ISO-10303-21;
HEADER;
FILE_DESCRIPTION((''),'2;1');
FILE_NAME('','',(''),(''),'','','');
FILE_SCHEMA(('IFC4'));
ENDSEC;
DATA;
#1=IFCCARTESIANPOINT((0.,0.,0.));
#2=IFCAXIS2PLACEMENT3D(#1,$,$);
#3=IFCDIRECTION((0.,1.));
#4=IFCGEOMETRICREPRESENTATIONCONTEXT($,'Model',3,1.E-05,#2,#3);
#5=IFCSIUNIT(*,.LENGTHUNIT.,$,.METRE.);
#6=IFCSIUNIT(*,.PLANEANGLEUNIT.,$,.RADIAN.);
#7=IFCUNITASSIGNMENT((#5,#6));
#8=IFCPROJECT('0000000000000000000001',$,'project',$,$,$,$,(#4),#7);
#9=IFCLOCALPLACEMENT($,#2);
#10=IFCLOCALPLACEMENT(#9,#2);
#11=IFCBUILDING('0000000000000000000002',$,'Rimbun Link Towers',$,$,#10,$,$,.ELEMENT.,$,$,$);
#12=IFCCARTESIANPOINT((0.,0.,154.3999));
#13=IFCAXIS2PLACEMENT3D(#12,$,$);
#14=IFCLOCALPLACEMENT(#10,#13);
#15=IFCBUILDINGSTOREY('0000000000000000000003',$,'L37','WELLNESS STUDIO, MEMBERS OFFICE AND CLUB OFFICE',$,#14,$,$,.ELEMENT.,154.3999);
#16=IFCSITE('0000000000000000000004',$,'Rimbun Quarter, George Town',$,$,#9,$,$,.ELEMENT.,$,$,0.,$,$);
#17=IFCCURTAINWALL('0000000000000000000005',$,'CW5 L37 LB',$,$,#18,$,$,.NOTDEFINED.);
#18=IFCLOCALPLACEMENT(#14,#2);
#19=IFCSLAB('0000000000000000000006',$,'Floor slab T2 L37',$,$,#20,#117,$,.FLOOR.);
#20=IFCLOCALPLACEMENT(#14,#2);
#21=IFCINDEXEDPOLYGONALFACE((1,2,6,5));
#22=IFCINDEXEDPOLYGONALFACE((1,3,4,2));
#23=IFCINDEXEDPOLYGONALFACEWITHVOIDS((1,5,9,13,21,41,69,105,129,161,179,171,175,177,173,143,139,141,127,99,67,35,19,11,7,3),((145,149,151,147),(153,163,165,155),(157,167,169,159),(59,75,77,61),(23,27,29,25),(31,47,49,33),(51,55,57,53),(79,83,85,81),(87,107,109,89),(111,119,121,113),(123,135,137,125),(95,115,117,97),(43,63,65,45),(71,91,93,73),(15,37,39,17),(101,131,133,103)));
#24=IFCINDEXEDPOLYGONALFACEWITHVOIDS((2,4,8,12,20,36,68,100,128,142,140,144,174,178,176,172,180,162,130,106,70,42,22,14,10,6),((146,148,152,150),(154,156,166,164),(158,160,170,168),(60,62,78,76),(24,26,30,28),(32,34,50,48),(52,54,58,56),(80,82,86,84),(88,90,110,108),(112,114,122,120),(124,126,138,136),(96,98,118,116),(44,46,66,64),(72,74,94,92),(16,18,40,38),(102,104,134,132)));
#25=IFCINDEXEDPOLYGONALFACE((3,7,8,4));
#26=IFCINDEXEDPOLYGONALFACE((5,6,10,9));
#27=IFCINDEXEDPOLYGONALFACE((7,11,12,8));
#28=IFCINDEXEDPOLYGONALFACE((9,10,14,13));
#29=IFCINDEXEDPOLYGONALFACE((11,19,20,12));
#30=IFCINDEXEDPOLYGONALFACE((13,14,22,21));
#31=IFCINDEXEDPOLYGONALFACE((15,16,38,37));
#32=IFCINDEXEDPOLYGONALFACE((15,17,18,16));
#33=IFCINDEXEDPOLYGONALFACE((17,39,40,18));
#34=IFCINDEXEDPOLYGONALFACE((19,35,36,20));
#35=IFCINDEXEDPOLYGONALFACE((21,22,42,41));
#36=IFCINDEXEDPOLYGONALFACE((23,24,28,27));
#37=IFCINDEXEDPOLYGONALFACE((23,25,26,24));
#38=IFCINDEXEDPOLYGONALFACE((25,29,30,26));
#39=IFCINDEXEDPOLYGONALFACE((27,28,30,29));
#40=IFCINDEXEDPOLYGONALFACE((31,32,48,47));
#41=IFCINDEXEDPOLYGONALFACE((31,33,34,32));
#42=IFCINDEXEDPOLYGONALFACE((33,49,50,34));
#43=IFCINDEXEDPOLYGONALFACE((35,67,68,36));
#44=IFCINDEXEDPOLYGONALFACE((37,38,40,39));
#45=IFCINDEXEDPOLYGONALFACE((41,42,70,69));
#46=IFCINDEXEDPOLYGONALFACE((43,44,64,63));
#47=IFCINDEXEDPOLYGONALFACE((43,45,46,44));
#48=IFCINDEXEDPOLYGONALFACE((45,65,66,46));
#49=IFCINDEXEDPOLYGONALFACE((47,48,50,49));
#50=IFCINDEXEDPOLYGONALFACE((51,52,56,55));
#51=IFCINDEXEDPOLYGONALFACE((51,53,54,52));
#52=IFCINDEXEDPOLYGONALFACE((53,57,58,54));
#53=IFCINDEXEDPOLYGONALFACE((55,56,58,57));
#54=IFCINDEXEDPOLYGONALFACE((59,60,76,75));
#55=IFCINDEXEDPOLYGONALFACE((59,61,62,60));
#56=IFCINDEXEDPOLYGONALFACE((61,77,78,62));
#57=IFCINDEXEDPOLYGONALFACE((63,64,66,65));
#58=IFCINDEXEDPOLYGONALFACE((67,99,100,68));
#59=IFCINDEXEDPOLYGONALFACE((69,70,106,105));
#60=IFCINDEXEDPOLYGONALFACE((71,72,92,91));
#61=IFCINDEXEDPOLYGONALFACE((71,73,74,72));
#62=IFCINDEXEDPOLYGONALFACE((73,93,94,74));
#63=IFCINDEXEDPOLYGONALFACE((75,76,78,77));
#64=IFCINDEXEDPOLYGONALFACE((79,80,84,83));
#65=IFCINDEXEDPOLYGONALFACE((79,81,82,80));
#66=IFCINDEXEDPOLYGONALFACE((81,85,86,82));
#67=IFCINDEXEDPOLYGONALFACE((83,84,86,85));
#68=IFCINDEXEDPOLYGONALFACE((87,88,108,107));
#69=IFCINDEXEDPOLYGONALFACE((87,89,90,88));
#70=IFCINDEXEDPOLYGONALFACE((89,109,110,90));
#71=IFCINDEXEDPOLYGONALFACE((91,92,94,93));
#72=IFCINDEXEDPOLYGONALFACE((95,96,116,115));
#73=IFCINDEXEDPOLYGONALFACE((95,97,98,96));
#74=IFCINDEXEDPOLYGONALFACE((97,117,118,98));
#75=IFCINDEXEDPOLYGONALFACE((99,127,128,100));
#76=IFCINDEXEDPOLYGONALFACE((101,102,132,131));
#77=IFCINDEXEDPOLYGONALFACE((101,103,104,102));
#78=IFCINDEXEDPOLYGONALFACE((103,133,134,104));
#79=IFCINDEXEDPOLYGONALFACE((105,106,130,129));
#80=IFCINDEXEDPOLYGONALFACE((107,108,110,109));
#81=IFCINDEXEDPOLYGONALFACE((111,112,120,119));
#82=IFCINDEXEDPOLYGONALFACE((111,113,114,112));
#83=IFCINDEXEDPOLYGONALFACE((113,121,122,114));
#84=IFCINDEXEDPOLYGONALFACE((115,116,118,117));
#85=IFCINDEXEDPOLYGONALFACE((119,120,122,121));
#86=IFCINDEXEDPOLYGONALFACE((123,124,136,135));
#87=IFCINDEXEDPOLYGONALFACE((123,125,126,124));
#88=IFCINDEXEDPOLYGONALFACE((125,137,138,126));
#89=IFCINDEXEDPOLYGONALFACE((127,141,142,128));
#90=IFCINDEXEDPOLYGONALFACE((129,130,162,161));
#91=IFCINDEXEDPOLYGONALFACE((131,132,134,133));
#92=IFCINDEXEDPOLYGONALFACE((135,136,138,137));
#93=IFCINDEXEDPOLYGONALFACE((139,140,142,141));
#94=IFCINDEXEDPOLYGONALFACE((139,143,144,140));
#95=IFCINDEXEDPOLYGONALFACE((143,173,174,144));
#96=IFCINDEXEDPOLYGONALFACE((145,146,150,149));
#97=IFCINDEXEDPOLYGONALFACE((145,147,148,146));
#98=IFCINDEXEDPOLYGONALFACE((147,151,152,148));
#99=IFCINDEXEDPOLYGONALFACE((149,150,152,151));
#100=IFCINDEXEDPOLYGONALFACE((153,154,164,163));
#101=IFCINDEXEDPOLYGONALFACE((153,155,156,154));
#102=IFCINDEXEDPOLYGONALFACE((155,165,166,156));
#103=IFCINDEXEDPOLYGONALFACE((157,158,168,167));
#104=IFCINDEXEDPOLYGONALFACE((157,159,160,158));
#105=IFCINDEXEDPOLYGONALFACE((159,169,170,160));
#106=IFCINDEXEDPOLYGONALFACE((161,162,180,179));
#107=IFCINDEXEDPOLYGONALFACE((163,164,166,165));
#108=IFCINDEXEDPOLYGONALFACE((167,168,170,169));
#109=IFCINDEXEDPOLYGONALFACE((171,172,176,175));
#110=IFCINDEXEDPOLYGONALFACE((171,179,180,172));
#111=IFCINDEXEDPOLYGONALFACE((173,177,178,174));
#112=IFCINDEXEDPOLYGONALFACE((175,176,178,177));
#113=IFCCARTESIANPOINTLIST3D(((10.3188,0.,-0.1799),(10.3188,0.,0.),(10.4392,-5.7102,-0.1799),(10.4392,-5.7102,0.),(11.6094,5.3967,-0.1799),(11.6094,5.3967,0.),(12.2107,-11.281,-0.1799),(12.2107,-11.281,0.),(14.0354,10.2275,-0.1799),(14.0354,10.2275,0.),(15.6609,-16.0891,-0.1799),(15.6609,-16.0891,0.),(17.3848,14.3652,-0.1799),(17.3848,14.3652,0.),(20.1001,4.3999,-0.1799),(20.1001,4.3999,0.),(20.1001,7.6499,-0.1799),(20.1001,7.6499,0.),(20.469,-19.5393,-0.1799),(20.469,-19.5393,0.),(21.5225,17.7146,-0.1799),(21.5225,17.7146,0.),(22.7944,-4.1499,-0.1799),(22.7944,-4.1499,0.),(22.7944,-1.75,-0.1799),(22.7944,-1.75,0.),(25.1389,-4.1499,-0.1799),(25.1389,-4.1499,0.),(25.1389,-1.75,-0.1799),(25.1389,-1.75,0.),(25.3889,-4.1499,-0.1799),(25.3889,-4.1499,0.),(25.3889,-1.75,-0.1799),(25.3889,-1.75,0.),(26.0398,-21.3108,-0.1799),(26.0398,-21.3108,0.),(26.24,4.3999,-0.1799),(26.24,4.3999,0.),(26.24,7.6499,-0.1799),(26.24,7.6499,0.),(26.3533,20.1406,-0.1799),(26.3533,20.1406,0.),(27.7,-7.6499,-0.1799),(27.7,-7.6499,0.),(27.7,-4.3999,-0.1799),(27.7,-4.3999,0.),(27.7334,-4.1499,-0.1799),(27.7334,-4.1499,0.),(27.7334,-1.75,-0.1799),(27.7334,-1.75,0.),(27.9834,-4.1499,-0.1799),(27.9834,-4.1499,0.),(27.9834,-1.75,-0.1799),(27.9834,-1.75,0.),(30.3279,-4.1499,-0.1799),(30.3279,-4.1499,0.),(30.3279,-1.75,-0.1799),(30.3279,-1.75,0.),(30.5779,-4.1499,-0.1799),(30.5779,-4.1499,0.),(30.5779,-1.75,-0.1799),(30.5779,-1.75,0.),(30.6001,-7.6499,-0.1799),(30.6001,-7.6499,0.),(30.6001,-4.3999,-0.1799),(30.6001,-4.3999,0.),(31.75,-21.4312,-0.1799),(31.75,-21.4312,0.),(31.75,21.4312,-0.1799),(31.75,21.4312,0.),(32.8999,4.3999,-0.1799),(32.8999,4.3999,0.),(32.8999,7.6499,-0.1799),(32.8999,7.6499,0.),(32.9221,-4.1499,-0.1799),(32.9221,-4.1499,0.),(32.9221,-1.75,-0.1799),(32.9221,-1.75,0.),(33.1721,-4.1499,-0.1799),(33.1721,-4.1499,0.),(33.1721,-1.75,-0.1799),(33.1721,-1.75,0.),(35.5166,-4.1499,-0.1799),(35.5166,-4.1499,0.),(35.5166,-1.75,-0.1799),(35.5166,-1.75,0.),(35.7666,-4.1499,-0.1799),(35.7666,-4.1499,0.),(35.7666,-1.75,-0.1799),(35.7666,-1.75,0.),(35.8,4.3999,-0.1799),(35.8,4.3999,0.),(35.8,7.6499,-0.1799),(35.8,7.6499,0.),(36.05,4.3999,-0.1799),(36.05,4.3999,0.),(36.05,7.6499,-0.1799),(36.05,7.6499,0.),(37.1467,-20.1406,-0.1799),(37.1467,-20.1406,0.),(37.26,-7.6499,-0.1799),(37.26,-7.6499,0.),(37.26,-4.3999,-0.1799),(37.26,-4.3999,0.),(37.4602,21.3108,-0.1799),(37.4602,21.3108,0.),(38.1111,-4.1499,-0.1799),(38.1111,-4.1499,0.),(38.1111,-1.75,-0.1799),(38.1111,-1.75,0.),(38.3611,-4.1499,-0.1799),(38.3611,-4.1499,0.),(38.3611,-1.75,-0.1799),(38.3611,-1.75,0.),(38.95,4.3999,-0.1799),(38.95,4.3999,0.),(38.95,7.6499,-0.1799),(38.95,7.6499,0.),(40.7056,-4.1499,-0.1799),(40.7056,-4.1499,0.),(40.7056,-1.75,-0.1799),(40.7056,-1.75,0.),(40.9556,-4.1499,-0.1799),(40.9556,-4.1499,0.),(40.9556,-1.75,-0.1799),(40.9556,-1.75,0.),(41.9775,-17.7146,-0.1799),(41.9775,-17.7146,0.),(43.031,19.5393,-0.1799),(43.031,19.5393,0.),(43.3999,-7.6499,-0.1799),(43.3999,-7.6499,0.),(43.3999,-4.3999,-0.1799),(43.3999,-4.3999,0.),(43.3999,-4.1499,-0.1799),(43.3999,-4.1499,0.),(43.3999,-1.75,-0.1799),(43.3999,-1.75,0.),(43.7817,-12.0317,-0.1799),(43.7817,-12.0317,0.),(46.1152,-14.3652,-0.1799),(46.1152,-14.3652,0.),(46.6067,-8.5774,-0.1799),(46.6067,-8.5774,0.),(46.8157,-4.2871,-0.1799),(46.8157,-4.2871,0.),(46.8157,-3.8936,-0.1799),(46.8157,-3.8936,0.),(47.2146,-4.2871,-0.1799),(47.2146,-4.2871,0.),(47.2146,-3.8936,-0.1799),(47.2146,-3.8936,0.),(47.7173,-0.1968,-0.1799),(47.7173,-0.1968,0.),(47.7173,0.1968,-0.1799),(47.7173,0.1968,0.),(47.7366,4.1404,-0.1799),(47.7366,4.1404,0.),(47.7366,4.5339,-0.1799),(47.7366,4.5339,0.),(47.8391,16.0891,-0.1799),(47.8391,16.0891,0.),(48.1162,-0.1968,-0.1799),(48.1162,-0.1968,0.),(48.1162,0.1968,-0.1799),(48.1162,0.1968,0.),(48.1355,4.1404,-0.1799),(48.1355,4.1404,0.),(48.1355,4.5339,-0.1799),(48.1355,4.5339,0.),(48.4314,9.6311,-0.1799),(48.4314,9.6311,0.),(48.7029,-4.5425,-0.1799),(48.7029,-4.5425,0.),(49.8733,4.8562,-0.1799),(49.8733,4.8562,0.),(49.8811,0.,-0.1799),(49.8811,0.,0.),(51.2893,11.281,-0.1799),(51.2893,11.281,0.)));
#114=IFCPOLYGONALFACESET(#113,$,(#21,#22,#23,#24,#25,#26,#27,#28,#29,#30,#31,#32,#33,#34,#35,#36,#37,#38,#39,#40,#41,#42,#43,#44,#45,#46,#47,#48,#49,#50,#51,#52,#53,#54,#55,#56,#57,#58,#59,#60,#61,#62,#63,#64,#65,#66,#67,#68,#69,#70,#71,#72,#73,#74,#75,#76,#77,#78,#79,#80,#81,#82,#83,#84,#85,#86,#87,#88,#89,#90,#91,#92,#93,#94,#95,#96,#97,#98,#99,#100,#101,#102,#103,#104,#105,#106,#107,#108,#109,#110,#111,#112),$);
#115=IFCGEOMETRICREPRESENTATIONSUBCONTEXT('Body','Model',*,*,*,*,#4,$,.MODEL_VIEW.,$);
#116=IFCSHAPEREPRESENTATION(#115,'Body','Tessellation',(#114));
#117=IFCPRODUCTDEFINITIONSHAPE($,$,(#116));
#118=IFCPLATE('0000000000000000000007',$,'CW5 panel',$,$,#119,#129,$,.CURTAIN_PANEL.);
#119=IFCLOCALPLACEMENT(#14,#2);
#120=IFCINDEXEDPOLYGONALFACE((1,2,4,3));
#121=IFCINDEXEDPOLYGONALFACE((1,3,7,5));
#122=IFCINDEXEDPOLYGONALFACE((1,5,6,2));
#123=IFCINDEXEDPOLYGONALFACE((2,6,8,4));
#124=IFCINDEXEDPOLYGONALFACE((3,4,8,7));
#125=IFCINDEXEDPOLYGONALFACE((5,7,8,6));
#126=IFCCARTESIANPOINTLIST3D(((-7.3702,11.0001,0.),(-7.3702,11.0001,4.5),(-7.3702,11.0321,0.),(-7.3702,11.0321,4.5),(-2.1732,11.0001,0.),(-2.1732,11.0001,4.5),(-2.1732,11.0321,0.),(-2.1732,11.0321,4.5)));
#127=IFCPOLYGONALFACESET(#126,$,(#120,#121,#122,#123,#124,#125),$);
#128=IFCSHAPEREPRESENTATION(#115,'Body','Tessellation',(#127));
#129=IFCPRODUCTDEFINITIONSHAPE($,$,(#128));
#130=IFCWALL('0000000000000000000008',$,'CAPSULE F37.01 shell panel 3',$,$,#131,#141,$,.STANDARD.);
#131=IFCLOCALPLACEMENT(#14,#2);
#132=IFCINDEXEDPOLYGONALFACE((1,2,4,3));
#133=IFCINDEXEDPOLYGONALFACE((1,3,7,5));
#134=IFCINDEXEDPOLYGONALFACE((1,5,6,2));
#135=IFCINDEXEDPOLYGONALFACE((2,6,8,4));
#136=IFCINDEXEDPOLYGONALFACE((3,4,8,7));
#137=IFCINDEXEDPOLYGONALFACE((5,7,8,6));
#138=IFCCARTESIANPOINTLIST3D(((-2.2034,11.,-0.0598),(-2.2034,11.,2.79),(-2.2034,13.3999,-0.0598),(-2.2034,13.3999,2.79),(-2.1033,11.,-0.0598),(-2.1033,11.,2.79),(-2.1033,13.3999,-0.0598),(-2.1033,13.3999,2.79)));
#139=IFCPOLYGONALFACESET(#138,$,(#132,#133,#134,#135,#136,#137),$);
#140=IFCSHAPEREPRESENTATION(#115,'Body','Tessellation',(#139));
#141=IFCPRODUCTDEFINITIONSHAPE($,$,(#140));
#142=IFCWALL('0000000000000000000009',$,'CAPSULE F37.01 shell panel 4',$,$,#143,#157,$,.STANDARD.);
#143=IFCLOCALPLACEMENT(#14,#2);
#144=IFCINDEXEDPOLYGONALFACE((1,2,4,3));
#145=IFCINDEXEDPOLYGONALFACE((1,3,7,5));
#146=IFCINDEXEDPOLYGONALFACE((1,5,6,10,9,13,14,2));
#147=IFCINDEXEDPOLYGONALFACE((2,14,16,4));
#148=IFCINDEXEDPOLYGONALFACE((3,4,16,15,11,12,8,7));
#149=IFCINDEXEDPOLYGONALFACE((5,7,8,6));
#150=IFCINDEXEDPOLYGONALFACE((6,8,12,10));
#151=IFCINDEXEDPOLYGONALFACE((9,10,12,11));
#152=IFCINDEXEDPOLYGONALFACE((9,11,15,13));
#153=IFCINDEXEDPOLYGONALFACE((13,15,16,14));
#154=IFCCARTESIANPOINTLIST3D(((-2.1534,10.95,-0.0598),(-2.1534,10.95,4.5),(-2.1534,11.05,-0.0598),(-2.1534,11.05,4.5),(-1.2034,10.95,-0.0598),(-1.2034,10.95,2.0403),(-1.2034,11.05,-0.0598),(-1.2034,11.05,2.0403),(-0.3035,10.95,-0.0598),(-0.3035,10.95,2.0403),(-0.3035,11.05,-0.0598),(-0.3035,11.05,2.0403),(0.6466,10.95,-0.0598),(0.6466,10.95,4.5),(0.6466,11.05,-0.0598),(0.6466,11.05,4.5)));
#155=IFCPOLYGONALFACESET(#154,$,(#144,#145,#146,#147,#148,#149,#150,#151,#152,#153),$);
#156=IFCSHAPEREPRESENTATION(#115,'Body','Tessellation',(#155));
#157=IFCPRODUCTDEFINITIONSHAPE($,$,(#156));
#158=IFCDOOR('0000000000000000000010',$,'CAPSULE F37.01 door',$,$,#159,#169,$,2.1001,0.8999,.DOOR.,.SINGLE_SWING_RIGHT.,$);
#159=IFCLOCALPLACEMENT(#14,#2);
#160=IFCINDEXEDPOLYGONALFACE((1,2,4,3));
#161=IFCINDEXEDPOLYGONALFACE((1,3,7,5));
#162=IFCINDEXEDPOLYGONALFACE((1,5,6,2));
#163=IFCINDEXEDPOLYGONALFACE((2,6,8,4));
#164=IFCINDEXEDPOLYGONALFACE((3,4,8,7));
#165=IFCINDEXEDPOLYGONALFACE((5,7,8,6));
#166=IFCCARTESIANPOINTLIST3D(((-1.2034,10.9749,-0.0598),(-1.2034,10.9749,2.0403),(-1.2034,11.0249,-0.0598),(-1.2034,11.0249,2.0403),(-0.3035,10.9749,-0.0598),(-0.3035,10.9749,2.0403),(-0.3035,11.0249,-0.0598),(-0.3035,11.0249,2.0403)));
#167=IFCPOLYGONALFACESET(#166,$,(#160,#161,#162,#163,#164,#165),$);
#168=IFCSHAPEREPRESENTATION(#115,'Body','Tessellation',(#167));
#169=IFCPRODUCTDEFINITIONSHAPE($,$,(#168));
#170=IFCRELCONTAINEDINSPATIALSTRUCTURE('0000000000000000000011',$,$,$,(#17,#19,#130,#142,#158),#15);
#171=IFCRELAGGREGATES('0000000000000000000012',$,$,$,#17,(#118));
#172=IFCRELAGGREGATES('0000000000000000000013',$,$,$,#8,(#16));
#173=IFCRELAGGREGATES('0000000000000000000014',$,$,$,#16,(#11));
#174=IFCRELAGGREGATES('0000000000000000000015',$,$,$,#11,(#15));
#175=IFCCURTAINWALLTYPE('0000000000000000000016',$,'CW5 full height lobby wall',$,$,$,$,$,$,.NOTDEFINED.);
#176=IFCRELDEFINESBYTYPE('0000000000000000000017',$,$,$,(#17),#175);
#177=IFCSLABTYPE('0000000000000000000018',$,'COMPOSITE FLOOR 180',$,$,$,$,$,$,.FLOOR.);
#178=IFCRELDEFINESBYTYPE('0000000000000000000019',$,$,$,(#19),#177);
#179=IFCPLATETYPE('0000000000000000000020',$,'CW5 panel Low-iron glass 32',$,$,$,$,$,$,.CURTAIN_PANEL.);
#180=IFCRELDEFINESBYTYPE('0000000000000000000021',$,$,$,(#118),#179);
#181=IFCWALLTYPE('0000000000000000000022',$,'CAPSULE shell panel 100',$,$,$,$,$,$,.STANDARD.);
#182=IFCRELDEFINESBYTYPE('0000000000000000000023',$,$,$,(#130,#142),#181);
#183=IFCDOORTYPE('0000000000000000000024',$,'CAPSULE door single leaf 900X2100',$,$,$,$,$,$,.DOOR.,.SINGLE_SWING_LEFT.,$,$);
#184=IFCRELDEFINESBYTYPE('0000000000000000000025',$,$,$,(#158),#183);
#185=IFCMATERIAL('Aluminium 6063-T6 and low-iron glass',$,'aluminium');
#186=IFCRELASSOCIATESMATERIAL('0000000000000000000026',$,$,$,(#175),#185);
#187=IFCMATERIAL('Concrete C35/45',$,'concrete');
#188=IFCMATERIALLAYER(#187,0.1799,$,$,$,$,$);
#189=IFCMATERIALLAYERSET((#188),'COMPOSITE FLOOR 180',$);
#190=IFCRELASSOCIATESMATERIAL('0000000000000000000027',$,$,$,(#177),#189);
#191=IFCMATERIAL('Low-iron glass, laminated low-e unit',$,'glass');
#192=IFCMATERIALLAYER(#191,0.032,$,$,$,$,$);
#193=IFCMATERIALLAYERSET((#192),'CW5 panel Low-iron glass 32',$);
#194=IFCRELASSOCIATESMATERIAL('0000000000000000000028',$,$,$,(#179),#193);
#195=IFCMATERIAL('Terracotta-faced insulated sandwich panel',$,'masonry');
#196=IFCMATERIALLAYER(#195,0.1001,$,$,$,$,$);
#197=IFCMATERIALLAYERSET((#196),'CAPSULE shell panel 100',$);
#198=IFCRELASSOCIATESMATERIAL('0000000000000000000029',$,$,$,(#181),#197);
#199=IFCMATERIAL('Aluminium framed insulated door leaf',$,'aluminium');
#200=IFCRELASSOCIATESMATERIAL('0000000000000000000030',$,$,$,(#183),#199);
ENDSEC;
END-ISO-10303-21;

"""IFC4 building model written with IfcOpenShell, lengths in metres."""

from ifc_helpers import new_model, si_unit, direction, frame, frame_2d, origin, origin_2d, place, context, subcontext, project, spatial, polyline, rectangle, outline, extrude, material, layer, layer_set, type_object, element, fill, aggregate, save


model = new_model("IFC4")

# Units and contexts
model_context = context("Model", 3, precision=1e-05, world=origin(), true_north=direction((0.0, 1.0)))
body_context = subcontext(model_context, "Body", "Model", "MODEL_VIEW")
ifc_project = project(units=[si_unit("LENGTHUNIT", "METRE"), si_unit("PLANEANGLEUNIT", "RADIAN")], contexts=[model_context])

# Site, building, storey
site_placement = place(None, origin())
site = spatial("IfcSite", under=ifc_project, at=site_placement, Name="Rimbun Quarter, George Town", CompositionType="ELEMENT", RefElevation=0.0)
building_placement = place(site_placement, origin())
building = spatial("IfcBuilding", under=site, at=building_placement, Name="Rimbun Link Towers", CompositionType="ELEMENT")
storey_placement = place(building_placement, frame((0.0, 0.0, 154.3999)))
storey = spatial("IfcBuildingStorey", under=building, at=storey_placement, Name="L37", Description="WELLNESS STUDIO, MEMBERS OFFICE AND CLUB OFFICE", CompositionType="ELEMENT", Elevation=154.3999)

# Curtain wall
ifc_material_1 = material(Name="Aluminium 6063-T6 and low-iron glass", Category="aluminium")
curtain_wall_type = type_object("IfcCurtainWallType", Name="CW5 full height lobby wall", PredefinedType="NOTDEFINED", material=ifc_material_1)
curtain_wall_placement = place(storey_placement, origin())
curtain_wall = element("IfcCurtainWall", 1, at=curtain_wall_placement, inside=storey, type_object=curtain_wall_type, Name="CW5 L37 LB", PredefinedType="NOTDEFINED")

# Slab
ifc_material_2 = material(Name="Concrete C35/45", Category="concrete")
ifc_layer_1 = layer(ifc_material_2, 0.1799)
ifc_layer_set_1 = layer_set([ifc_layer_1], Name="COMPOSITE FLOOR 180")
slab_type_1 = type_object("IfcSlabType", Name="COMPOSITE FLOOR 180", PredefinedType="FLOOR", material=ifc_layer_set_1)
slab_1_placement = place(storey_placement, frame((0.0, 0.0, -0.1799)))
element("IfcSlab", 2, at=slab_1_placement, inside=storey, type_object=slab_type_1, Name="Floor slab T2 L37", PredefinedType="FLOOR", context=body_context, shape_type="SweptSolid", body=[
    extrude(outline(polyline([(41.9775, -17.7146), (37.1467, -20.1406), (31.75, -21.4312), (26.0398, -21.3108), (20.469, -19.5393), (15.6609, -16.0891), (12.2107, -11.281), (10.4392, -5.7102), (10.3188, 0.0), (11.6094, 5.3967), (14.0354, 10.2275), (17.3848, 14.3652), (21.5225, 17.7146), (26.3533, 20.1406), (31.75, 21.4312), (37.4602, 21.3108), (43.031, 19.5393), (47.8391, 16.0891), (51.2893, 11.281), (48.4314, 9.6311), (49.8733, 4.8562), (49.8811, 0.0), (48.7029, -4.5425), (46.6067, -8.5774), (43.7817, -12.0317), (46.1152, -14.3652), (41.9775, -17.7146)]), holes=[polyline([(30.6001, -7.6499), (30.6001, -4.3999), (27.7, -4.3999), (27.7, -7.6499), (30.6001, -7.6499)]), polyline([(25.1389, -4.1499), (25.1389, -1.75), (22.7944, -1.75), (22.7944, -4.1499), (25.1389, -4.1499)]), polyline([(27.7334, -4.1499), (27.7334, -1.75), (25.3889, -1.75), (25.3889, -4.1499), (27.7334, -4.1499)]), polyline([(30.3279, -4.1499), (30.3279, -1.75), (27.9834, -1.75), (27.9834, -4.1499), (30.3279, -4.1499)]), polyline([(32.9221, -4.1499), (32.9221, -1.75), (30.5779, -1.75), (30.5779, -4.1499), (32.9221, -4.1499)]), polyline([(35.5166, -4.1499), (35.5166, -1.75), (33.1721, -1.75), (33.1721, -4.1499), (35.5166, -4.1499)]), polyline([(26.24, 4.3999), (26.24, 7.6499), (20.1001, 7.6499), (20.1001, 4.3999), (26.24, 4.3999)]), polyline([(35.8, 4.3999), (35.8, 7.6499), (32.8999, 7.6499), (32.8999, 4.3999), (35.8, 4.3999)]), polyline([(43.3999, -7.6499), (43.3999, -4.3999), (37.26, -4.3999), (37.26, -7.6499), (43.3999, -7.6499)]), polyline([(47.2146, -4.2871), (47.2146, -3.8936), (46.8157, -3.8936), (46.8157, -4.2871), (47.2146, -4.2871)]), polyline([(38.1111, -4.1499), (38.1111, -1.75), (35.7666, -1.75), (35.7666, -4.1499), (38.1111, -4.1499)]), polyline([(40.7056, -4.1499), (40.7056, -1.75), (38.3611, -1.75), (38.3611, -4.1499), (40.7056, -4.1499)]), polyline([(43.3999, -4.1499), (43.3999, -1.75), (40.9556, -1.75), (40.9556, -4.1499), (43.3999, -4.1499)]), polyline([(48.1162, -0.1968), (48.1162, 0.1968), (47.7173, 0.1968), (47.7173, -0.1968), (48.1162, -0.1968)]), polyline([(48.1355, 4.1404), (48.1355, 4.5339), (47.7366, 4.5339), (47.7366, 4.1404), (48.1355, 4.1404)]), polyline([(38.95, 4.3999), (38.95, 7.6499), (36.05, 7.6499), (36.05, 4.3999), (38.95, 4.3999)])]), origin(), (0.0, 0.0, 1.0), 0.1799),
])

# Plate
ifc_material_3 = material(Name="Low-iron glass, laminated low-e unit", Category="glass")
ifc_layer_2 = layer(ifc_material_3, 0.032)
ifc_layer_set_2 = layer_set([ifc_layer_2], Name="CW5 panel Low-iron glass 32")
plate_type = type_object("IfcPlateType", Name="CW5 panel Low-iron glass 32", PredefinedType="CURTAIN_PANEL", material=ifc_layer_set_2)
plate_placement = place(storey_placement, frame((-4.7717, 11.0161, 0.0), z_axis=(0.0, 0.0, 1.0), x_axis=(1.0, 0.0, 0.0)))
plate = element("IfcPlate", 3, at=plate_placement, type_object=plate_type, Name="CW5 panel", PredefinedType="CURTAIN_PANEL", context=body_context, shape_type="SweptSolid", body=[
    extrude(rectangle(XDim=5.197, YDim=0.032, at=origin_2d()), origin(), (0.0, 0.0, 1.0), 4.5),
])
aggregate(curtain_wall, [plate])

# Wall
ifc_material_4 = material(Name="Terracotta-faced insulated sandwich panel", Category="masonry")
ifc_layer_3 = layer(ifc_material_4, 0.1001)
ifc_layer_set_3 = layer_set([ifc_layer_3], Name="CAPSULE shell panel 100")
wall_type_1 = type_object("IfcWallType", Name="CAPSULE shell panel 100", PredefinedType="STANDARD", material=ifc_layer_set_3)
wall_1_placement = place(storey_placement, frame((-2.1533, 13.3999, -0.0598), z_axis=(0.0, 0.0, 1.0), x_axis=(0.0, -1.0, 0.0)))
element("IfcWall", 4, at=wall_1_placement, inside=storey, type_object=wall_type_1, Name="CAPSULE F37.01 shell panel 3", PredefinedType="STANDARD", context=body_context, shape_type="SweptSolid", body=[
    extrude(rectangle(XDim=2.3999, YDim=0.1001, at=frame_2d((1.2, 0.0))), origin(), (0.0, 0.0, 1.0), 2.8499),
])

# Wall, opening, door
wall_2_placement = place(storey_placement, frame((-2.1533, 11.0, -0.0598), z_axis=(0.0, 0.0, 1.0), x_axis=(1.0, 0.0, 0.0)))
wall_2 = element("IfcWall", 5, at=wall_2_placement, inside=storey, type_object=wall_type_1, Name="CAPSULE F37.01 shell panel 4", PredefinedType="STANDARD", context=body_context, shape_type="SweptSolid", body=[
    extrude(rectangle(XDim=2.8, YDim=0.1001, at=frame_2d((1.3999, 0.0))), origin(), (0.0, 0.0, 1.0), 4.5598),
])
opening_1_placement = place(wall_2_placement, frame((0.95, 0.0, 0.0)))
opening_1 = element("IfcOpeningElement", 6, at=opening_1_placement, cuts=wall_2, PredefinedType="OPENING", context=body_context, shape_type="SweptSolid", body=[
    extrude(rectangle(XDim=0.8999, YDim=2.1001, at=frame_2d((0.45, 1.05))), frame((0.0, 0.0601, 0.0), z_axis=(0.0, -1.0, 0.0), x_axis=(1.0, 0.0, 0.0)), (0.0, 0.0, 1.0), 0.1201),
])
ifc_material_5 = material(Name="Aluminium framed insulated door leaf", Category="aluminium")
door_type_1 = type_object("IfcDoorType", Name="CAPSULE door single leaf 900X2100", OperationType="SINGLE_SWING_LEFT", PredefinedType="DOOR", material=ifc_material_5)
door_1_placement = place(opening_1_placement, origin())
door_1 = element("IfcDoor", 7, at=door_1_placement, inside=storey, type_object=door_type_1, Name="CAPSULE F37.01 door", OperationType="SINGLE_SWING_RIGHT", OverallHeight=2.1001, OverallWidth=0.8999, PredefinedType="DOOR", context=body_context, shape_type="SweptSolid", body=[
    extrude(rectangle(XDim=0.8999, YDim=2.1001, at=frame_2d((0.45, 1.05))), frame((0.0, 0.0249, 0.0), z_axis=(0.0, -1.0, 0.0), x_axis=(1.0, 0.0, 0.0)), (0.0, 0.0, 1.0), 0.05),
])
fill(opening_1, door_1)

save(model, "model.ifc")
